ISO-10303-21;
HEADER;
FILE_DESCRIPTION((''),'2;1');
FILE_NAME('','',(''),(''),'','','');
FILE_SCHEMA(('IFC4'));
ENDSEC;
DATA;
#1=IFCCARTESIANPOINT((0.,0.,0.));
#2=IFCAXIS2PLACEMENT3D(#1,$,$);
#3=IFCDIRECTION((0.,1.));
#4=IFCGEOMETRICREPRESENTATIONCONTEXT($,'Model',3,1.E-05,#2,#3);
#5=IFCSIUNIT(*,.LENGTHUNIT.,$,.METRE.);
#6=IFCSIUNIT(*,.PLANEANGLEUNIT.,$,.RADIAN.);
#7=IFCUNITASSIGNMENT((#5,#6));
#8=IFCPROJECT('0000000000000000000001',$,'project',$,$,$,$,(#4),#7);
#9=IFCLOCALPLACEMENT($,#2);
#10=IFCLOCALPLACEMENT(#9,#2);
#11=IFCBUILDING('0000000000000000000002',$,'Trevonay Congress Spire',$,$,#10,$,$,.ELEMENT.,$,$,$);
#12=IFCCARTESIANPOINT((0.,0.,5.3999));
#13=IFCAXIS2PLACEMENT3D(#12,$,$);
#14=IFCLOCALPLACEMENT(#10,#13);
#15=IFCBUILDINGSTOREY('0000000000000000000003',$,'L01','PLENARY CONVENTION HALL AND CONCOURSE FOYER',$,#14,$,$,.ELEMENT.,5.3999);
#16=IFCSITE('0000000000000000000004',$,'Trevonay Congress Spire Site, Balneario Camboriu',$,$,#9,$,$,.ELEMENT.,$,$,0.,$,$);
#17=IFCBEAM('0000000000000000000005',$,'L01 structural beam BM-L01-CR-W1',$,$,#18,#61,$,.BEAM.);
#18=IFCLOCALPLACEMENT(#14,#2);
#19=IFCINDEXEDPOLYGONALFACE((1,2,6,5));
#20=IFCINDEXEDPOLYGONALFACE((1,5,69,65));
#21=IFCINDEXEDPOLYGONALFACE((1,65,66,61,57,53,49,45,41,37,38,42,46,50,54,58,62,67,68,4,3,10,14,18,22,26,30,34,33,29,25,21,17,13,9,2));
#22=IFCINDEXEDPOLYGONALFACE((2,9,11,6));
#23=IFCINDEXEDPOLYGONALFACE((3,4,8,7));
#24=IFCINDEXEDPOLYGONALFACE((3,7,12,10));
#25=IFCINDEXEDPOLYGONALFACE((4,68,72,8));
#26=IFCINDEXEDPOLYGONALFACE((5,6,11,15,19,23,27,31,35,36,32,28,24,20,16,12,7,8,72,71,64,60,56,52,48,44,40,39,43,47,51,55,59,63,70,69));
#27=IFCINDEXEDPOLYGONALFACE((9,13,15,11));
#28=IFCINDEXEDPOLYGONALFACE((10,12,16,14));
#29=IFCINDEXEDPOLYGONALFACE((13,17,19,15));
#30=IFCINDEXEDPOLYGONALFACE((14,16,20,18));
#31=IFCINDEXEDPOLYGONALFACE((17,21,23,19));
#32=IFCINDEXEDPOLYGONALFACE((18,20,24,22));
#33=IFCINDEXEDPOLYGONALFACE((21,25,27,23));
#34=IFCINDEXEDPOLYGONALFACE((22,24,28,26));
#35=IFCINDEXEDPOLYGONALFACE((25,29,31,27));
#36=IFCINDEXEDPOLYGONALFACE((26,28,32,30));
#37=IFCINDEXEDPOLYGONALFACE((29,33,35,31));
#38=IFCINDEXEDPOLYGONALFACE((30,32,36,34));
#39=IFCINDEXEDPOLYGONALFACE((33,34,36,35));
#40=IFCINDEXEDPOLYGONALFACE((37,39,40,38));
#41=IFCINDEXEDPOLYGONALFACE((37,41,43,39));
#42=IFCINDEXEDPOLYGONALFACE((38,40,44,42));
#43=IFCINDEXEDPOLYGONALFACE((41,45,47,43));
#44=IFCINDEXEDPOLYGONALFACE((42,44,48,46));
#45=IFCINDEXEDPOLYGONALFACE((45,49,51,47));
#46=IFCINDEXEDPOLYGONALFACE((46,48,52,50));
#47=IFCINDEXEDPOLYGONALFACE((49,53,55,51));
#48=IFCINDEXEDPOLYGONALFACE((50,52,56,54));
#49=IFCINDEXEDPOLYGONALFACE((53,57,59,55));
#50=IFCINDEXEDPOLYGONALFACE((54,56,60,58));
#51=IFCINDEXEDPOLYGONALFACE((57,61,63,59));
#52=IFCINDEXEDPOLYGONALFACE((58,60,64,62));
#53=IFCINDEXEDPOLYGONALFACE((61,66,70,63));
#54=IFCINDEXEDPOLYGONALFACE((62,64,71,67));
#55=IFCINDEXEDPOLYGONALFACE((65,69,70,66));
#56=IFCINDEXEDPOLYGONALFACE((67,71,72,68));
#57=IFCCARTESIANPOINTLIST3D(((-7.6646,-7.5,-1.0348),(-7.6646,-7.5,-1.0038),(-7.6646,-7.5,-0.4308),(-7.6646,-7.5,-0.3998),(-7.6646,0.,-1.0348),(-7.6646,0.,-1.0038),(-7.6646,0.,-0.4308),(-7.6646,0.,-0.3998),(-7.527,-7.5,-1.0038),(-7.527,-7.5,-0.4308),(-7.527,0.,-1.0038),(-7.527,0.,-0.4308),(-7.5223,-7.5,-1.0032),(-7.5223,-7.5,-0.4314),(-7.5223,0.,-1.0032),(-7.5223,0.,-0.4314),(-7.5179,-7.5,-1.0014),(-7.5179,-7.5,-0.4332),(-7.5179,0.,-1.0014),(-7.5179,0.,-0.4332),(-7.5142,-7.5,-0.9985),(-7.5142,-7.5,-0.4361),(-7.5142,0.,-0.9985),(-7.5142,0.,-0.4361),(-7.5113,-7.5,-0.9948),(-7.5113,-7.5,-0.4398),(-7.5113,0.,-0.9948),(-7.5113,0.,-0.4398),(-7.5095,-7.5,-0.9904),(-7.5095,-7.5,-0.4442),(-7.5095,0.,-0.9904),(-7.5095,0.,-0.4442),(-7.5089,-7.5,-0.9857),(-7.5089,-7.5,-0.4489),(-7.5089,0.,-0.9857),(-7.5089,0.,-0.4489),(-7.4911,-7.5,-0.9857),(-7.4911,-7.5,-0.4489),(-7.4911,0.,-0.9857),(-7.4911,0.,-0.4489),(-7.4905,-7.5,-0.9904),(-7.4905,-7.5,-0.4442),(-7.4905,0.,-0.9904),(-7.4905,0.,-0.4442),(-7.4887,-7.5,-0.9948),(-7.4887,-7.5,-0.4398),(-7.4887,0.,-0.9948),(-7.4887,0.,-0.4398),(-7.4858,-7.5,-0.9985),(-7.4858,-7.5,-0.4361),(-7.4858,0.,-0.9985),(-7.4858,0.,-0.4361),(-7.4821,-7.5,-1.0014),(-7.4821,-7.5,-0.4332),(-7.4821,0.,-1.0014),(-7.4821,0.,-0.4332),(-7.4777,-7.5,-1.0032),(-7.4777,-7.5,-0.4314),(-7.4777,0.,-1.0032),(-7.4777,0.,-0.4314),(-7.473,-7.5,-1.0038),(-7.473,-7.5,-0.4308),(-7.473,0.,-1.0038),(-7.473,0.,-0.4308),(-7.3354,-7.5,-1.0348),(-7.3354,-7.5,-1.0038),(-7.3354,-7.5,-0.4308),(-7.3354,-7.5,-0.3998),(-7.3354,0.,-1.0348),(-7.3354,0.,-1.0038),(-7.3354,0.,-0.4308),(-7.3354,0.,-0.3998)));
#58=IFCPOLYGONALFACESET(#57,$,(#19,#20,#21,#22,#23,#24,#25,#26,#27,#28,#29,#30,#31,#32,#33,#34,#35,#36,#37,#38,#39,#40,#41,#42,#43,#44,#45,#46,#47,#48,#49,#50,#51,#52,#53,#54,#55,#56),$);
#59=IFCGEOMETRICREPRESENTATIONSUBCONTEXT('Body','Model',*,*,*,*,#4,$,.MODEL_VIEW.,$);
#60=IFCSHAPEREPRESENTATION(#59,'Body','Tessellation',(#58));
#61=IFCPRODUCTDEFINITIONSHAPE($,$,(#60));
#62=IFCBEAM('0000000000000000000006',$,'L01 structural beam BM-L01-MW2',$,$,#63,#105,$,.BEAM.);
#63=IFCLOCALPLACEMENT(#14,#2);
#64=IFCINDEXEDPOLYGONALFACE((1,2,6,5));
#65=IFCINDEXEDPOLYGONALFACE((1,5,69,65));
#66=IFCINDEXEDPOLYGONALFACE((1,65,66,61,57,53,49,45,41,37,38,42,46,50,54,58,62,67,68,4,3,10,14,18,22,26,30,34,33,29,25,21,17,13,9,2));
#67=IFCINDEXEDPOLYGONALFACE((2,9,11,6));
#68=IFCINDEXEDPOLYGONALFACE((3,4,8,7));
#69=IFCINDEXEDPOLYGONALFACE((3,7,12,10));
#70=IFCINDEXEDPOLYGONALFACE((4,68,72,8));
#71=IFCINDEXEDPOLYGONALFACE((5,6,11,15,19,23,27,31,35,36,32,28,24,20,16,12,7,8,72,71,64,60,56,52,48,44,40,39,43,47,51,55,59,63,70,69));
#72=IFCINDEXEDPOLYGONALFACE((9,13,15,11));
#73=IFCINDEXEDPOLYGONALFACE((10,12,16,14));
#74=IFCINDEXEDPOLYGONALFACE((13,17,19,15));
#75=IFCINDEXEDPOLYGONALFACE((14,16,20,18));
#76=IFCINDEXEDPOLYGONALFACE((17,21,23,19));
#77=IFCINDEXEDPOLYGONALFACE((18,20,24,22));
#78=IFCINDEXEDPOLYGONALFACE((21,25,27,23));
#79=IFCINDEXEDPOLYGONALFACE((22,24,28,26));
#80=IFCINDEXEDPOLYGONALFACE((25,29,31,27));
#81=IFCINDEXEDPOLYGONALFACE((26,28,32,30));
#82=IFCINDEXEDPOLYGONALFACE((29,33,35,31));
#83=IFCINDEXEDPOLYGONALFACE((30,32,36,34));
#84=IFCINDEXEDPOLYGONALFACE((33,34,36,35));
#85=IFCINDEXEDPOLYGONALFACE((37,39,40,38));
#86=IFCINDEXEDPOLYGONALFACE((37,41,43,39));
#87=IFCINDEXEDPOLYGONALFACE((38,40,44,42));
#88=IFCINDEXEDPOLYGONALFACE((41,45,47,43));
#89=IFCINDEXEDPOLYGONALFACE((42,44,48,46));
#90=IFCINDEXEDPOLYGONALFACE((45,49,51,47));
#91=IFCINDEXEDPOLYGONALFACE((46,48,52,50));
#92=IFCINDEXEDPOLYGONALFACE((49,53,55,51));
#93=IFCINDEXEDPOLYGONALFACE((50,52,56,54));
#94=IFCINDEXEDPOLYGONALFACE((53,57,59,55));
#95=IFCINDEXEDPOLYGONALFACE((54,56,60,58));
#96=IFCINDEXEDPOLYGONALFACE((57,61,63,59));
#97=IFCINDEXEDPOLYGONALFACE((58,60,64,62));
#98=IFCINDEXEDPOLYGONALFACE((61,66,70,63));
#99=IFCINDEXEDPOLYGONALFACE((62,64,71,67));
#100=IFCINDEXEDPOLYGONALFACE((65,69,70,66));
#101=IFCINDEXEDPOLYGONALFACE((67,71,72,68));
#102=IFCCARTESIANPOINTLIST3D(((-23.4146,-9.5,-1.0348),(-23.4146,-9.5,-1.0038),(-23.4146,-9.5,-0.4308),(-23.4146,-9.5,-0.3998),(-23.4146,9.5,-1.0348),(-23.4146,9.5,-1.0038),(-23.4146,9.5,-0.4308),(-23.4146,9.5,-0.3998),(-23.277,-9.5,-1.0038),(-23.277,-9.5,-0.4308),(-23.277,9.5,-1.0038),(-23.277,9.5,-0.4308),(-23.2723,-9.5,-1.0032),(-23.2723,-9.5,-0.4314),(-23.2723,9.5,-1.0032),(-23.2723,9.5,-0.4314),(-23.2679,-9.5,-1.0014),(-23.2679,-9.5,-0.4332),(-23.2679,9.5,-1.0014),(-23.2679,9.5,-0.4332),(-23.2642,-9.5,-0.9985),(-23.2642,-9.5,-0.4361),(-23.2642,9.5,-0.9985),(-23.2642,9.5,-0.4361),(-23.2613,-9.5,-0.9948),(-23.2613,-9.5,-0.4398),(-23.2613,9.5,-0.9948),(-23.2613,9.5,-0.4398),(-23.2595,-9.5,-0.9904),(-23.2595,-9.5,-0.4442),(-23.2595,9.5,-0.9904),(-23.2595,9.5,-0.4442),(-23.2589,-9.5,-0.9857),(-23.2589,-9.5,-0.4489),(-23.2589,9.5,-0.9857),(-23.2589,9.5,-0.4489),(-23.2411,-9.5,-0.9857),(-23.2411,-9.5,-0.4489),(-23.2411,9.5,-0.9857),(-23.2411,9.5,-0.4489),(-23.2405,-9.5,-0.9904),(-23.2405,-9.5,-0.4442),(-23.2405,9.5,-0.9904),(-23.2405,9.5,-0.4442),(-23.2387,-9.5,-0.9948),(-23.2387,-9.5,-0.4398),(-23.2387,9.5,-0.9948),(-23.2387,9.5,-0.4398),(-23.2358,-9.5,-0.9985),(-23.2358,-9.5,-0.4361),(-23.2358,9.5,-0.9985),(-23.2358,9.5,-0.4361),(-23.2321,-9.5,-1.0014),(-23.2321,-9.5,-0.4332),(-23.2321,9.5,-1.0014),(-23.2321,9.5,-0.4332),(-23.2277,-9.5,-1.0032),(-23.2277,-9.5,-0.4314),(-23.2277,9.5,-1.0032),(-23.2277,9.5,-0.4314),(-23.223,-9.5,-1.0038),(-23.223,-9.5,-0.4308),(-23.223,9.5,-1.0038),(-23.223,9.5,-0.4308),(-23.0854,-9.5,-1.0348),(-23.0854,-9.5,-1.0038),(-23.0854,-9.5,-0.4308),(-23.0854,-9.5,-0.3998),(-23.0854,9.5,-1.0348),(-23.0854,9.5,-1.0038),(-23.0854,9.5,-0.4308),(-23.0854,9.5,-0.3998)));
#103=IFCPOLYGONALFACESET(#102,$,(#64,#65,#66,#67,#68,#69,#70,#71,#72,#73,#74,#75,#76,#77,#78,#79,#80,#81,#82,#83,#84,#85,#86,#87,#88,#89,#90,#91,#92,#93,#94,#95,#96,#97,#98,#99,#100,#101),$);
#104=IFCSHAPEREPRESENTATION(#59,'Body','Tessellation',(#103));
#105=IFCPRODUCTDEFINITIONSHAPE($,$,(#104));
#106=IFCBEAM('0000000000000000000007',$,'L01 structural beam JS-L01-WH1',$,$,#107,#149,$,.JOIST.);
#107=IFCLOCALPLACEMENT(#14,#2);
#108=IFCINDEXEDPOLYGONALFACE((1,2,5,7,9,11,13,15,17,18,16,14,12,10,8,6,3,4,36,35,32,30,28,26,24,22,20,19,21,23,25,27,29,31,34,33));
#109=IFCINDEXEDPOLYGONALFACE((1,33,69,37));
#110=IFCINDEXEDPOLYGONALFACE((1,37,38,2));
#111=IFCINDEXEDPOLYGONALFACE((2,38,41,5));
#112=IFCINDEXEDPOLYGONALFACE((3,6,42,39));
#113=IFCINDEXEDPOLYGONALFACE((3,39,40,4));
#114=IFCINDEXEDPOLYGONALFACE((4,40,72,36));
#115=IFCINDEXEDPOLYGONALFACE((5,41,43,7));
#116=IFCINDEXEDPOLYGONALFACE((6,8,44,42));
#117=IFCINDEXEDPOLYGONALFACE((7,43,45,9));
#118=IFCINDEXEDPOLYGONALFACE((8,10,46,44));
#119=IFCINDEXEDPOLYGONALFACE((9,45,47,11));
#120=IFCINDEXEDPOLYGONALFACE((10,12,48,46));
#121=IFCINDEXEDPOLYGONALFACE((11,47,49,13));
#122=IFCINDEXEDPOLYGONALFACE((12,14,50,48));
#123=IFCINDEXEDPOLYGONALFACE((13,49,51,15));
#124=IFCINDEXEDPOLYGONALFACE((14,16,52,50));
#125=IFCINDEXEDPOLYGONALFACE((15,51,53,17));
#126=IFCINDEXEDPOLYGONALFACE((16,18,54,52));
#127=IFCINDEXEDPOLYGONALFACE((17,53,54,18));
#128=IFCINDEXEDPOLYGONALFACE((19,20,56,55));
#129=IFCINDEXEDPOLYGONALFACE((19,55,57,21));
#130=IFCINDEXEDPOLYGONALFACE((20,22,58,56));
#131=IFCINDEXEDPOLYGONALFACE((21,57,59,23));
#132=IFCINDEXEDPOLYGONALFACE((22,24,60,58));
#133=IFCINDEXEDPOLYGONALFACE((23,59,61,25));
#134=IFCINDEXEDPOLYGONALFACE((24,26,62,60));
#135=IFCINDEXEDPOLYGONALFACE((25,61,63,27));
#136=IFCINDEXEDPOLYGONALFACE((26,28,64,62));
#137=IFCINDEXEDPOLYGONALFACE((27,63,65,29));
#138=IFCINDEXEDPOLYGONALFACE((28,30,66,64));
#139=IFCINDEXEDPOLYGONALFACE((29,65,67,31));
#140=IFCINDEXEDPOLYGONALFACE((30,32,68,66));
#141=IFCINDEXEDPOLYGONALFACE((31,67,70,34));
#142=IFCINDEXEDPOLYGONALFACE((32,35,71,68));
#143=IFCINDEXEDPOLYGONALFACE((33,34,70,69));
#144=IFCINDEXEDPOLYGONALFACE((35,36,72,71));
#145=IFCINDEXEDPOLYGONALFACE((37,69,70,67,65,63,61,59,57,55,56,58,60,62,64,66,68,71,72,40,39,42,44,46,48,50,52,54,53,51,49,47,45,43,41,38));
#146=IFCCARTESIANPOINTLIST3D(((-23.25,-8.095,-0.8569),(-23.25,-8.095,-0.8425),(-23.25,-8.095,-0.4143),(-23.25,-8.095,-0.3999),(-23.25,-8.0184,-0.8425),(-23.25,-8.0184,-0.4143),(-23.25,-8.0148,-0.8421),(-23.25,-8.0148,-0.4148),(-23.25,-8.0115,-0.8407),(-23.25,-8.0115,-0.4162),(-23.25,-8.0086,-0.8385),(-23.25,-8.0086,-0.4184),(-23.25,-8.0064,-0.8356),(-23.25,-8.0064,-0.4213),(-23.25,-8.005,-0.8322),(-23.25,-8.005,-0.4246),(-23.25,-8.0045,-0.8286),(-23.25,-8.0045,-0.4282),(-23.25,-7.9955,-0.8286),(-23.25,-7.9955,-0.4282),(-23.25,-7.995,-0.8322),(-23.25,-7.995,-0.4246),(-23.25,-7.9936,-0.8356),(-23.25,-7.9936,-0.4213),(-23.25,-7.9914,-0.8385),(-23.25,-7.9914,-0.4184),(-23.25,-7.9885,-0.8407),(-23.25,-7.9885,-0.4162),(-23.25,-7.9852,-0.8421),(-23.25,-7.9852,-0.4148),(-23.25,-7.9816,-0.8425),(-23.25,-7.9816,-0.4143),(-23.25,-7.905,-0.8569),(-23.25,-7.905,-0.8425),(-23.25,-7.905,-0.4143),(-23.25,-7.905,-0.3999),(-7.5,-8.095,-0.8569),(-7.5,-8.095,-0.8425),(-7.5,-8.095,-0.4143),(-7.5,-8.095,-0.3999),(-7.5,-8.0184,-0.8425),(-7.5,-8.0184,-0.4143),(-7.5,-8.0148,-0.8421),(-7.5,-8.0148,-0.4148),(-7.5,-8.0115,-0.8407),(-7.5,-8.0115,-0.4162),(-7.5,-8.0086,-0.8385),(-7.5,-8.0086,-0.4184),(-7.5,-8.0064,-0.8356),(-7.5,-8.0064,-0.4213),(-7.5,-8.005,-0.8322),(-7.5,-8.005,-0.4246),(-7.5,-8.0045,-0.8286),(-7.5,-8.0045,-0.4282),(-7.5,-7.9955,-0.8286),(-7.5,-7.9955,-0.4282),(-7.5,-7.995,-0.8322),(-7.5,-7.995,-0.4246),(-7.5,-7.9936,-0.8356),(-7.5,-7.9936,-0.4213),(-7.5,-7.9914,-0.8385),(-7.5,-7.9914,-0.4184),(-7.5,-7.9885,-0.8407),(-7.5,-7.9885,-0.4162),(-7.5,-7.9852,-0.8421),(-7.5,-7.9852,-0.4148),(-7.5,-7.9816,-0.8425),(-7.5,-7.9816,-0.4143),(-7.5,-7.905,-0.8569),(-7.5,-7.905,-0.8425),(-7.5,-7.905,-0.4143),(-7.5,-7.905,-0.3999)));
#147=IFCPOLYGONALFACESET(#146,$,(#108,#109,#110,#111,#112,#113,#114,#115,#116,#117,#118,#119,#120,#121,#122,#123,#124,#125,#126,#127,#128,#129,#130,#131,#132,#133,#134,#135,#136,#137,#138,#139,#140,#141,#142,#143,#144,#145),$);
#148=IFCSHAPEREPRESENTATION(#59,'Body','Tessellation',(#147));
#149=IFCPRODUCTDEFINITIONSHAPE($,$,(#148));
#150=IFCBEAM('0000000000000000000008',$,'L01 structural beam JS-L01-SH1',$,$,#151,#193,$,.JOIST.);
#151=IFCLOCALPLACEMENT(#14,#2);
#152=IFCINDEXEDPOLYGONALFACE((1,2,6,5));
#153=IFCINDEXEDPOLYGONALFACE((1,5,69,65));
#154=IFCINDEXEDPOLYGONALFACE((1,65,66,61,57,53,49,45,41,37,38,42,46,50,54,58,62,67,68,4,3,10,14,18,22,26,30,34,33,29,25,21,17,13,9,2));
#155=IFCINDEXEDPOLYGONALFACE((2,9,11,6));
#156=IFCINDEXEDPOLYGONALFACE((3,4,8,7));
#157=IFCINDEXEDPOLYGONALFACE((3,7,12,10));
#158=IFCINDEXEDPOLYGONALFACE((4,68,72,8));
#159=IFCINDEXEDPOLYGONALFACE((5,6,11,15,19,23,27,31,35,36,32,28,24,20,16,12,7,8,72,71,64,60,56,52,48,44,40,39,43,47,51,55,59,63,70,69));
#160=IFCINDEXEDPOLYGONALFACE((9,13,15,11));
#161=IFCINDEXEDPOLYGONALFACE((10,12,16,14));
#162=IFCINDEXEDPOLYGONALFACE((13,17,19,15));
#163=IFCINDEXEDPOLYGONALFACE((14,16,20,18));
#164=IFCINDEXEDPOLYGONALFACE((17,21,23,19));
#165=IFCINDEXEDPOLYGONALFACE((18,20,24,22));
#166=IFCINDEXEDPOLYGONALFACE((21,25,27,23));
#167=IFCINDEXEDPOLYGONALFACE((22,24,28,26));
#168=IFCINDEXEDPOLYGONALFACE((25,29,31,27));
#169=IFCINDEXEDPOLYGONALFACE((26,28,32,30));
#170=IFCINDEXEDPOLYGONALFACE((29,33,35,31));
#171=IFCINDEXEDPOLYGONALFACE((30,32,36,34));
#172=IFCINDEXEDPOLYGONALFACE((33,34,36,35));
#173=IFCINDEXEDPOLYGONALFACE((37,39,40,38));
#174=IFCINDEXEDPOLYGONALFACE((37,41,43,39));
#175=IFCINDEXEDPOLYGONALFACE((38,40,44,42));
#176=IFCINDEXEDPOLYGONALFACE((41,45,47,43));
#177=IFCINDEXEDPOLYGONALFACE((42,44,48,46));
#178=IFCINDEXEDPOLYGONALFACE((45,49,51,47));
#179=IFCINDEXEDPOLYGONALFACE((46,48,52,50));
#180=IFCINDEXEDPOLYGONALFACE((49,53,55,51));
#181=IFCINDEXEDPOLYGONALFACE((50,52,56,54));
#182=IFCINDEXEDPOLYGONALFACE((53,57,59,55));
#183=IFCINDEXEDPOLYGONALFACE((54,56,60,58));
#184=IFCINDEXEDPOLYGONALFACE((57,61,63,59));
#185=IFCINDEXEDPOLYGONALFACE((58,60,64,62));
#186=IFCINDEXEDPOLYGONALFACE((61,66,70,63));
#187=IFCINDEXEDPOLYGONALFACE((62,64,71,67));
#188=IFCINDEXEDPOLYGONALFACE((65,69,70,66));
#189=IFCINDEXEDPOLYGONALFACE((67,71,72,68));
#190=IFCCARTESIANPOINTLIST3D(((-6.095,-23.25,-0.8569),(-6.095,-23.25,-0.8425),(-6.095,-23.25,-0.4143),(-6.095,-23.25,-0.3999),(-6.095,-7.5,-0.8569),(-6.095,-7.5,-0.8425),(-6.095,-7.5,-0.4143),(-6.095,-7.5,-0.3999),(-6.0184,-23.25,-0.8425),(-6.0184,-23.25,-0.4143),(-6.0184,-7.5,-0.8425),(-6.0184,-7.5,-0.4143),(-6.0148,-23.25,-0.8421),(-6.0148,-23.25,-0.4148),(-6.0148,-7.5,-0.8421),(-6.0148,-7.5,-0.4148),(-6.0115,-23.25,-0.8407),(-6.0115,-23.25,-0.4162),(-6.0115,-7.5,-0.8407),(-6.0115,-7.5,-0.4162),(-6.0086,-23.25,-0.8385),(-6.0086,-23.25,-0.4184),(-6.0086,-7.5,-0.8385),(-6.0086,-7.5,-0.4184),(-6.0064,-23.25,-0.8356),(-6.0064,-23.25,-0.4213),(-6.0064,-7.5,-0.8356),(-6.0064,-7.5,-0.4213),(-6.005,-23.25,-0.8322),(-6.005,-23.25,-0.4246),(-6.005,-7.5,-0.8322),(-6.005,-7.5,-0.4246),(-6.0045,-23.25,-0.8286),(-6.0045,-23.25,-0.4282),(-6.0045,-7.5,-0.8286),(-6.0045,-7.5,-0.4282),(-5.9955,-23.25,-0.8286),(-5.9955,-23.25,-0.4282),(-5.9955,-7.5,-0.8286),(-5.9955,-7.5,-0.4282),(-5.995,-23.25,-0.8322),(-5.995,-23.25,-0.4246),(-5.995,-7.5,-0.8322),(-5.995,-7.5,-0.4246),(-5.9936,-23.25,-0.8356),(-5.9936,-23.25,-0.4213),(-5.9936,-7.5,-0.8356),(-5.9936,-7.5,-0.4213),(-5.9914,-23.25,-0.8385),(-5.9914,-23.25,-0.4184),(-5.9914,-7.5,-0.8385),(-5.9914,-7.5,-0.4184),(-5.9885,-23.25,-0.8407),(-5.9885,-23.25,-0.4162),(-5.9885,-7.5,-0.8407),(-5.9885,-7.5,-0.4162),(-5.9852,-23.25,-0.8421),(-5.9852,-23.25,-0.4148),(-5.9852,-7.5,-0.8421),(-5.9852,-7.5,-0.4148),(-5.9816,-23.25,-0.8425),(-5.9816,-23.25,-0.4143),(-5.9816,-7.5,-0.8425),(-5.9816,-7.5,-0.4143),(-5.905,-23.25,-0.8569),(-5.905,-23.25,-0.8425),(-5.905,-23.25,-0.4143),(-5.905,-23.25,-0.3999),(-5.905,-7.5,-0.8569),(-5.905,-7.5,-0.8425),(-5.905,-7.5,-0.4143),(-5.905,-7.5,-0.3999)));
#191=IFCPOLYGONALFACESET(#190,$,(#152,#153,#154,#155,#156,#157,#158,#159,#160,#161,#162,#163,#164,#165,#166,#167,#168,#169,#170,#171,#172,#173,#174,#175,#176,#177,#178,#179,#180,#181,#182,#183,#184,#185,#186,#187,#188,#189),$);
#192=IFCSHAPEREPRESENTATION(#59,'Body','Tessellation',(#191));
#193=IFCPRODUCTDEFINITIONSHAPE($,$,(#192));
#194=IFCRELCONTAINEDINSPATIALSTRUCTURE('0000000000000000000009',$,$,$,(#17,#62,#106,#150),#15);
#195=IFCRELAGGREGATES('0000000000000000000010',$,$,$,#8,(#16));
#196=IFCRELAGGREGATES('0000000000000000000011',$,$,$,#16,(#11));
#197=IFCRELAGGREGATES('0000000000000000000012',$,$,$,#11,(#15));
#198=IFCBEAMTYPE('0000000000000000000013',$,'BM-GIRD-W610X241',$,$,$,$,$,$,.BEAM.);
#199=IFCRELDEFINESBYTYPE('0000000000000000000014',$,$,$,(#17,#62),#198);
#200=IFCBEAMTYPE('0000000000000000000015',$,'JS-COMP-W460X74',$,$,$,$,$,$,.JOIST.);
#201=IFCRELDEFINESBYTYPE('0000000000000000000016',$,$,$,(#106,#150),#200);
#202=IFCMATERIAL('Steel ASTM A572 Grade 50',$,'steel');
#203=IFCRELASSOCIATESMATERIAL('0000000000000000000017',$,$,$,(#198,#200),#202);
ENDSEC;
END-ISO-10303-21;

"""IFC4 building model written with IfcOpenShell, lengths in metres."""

from ifc_helpers import new_model, si_unit, direction, frame, origin, origin_2d, place, context, subcontext, project, spatial, i_section, extrude, material, material_profile, profile_set, type_object, element, save


model = new_model("IFC4")

# Units and contexts
model_context = context("Model", 3, precision=1e-05, world=origin(), true_north=direction((0.0, 1.0)))
body_context = subcontext(model_context, "Body", "Model", "MODEL_VIEW")
ifc_project = project(units=[si_unit("LENGTHUNIT", "METRE"), si_unit("PLANEANGLEUNIT", "RADIAN")], contexts=[model_context])

# Site, building, storey
site_placement = place(None, origin())
site = spatial("IfcSite", under=ifc_project, at=site_placement, Name="Trevonay Congress Spire Site, Balneario Camboriu", CompositionType="ELEMENT", RefElevation=0.0)
building_placement = place(site_placement, origin())
building = spatial("IfcBuilding", under=site, at=building_placement, Name="Trevonay Congress Spire", CompositionType="ELEMENT")
storey_placement = place(building_placement, frame((0.0, 0.0, 5.3999)))
storey = spatial("IfcBuildingStorey", under=building, at=storey_placement, Name="L01", Description="PLENARY CONVENTION HALL AND CONCOURSE FOYER", CompositionType="ELEMENT", Elevation=5.3999)

# Shared definitions
ifc_material_1 = material(Name="Steel ASTM A572 Grade 50", Category="steel")

# Beams
ifc_material_profile_1 = material_profile(ifc_material_1, i_section(OverallWidth=0.3291, OverallDepth=0.635, WebThickness=0.0178, FlangeThickness=0.031, FilletRadius=0.0181, at=origin_2d()), Name="W610x241")
ifc_profile_set_1 = profile_set([ifc_material_profile_1], Name="Steel ASTM A572 Grade 50")
beam_type_1 = type_object("IfcBeamType", Name="BM-GIRD-W610X241", PredefinedType="BEAM", material=ifc_profile_set_1)
beam_1_placement = place(storey_placement, frame((-7.5, -7.5, -0.7173), z_axis=(0.0, 1.0, 0.0), x_axis=(-1.0, 0.0, 0.0)))
element("IfcBeam", 1, at=beam_1_placement, inside=storey, type_object=beam_type_1, Name="L01 structural beam BM-L01-CR-W1", PredefinedType="BEAM", context=body_context, shape_type="SweptSolid", body=[
    extrude(i_section(OverallWidth=0.3291, OverallDepth=0.635, WebThickness=0.0178, FlangeThickness=0.031, FilletRadius=0.0181, at=origin_2d()), origin(), (0.0, 0.0, 1.0), 7.5),
])
beam_2_placement = place(storey_placement, frame((-23.25, -9.5, -0.7173), z_axis=(0.0, 1.0, 0.0), x_axis=(-1.0, 0.0, 0.0)))
element("IfcBeam", 2, at=beam_2_placement, inside=storey, type_object=beam_type_1, Name="L01 structural beam BM-L01-MW2", PredefinedType="BEAM", context=body_context, shape_type="SweptSolid", body=[
    extrude(i_section(OverallWidth=0.3291, OverallDepth=0.635, WebThickness=0.0178, FlangeThickness=0.031, FilletRadius=0.0181, at=origin_2d()), origin(), (0.0, 0.0, 1.0), 19.0),
])
ifc_material_profile_2 = material_profile(ifc_material_1, i_section(OverallWidth=0.1899, OverallDepth=0.457, WebThickness=0.009, FlangeThickness=0.0144, FilletRadius=0.0139, at=origin_2d()), Name="W460x74")
ifc_profile_set_2 = profile_set([ifc_material_profile_2], Name="Steel ASTM A572 Grade 50")
beam_type_2 = type_object("IfcBeamType", Name="JS-COMP-W460X74", PredefinedType="JOIST", material=ifc_profile_set_2)
for number, where, z_axis, x_axis, name in (
    (3, (-23.25, -8.0, -0.6284), (1.0, 0.0, 0.0), (0.0, 1.0, 0.0), "L01 structural beam JS-L01-WH1"),
    (4, (-6.0, -23.25, -0.6284), (0.0, 1.0, 0.0), (-1.0, 0.0, 0.0), "L01 structural beam JS-L01-SH1"),
):
    element("IfcBeam", number, at=place(storey_placement, frame(where, z_axis=z_axis, x_axis=x_axis)), inside=storey, type_object=beam_type_2, Name=name, PredefinedType="JOIST", context=body_context, shape_type="SweptSolid", body=[
        extrude(i_section(OverallWidth=0.1899, OverallDepth=0.457, WebThickness=0.009, FlangeThickness=0.0144, FilletRadius=0.0139, at=origin_2d()), origin(), (0.0, 0.0, 1.0), 15.75),
    ])

save(model, "model.ifc")
